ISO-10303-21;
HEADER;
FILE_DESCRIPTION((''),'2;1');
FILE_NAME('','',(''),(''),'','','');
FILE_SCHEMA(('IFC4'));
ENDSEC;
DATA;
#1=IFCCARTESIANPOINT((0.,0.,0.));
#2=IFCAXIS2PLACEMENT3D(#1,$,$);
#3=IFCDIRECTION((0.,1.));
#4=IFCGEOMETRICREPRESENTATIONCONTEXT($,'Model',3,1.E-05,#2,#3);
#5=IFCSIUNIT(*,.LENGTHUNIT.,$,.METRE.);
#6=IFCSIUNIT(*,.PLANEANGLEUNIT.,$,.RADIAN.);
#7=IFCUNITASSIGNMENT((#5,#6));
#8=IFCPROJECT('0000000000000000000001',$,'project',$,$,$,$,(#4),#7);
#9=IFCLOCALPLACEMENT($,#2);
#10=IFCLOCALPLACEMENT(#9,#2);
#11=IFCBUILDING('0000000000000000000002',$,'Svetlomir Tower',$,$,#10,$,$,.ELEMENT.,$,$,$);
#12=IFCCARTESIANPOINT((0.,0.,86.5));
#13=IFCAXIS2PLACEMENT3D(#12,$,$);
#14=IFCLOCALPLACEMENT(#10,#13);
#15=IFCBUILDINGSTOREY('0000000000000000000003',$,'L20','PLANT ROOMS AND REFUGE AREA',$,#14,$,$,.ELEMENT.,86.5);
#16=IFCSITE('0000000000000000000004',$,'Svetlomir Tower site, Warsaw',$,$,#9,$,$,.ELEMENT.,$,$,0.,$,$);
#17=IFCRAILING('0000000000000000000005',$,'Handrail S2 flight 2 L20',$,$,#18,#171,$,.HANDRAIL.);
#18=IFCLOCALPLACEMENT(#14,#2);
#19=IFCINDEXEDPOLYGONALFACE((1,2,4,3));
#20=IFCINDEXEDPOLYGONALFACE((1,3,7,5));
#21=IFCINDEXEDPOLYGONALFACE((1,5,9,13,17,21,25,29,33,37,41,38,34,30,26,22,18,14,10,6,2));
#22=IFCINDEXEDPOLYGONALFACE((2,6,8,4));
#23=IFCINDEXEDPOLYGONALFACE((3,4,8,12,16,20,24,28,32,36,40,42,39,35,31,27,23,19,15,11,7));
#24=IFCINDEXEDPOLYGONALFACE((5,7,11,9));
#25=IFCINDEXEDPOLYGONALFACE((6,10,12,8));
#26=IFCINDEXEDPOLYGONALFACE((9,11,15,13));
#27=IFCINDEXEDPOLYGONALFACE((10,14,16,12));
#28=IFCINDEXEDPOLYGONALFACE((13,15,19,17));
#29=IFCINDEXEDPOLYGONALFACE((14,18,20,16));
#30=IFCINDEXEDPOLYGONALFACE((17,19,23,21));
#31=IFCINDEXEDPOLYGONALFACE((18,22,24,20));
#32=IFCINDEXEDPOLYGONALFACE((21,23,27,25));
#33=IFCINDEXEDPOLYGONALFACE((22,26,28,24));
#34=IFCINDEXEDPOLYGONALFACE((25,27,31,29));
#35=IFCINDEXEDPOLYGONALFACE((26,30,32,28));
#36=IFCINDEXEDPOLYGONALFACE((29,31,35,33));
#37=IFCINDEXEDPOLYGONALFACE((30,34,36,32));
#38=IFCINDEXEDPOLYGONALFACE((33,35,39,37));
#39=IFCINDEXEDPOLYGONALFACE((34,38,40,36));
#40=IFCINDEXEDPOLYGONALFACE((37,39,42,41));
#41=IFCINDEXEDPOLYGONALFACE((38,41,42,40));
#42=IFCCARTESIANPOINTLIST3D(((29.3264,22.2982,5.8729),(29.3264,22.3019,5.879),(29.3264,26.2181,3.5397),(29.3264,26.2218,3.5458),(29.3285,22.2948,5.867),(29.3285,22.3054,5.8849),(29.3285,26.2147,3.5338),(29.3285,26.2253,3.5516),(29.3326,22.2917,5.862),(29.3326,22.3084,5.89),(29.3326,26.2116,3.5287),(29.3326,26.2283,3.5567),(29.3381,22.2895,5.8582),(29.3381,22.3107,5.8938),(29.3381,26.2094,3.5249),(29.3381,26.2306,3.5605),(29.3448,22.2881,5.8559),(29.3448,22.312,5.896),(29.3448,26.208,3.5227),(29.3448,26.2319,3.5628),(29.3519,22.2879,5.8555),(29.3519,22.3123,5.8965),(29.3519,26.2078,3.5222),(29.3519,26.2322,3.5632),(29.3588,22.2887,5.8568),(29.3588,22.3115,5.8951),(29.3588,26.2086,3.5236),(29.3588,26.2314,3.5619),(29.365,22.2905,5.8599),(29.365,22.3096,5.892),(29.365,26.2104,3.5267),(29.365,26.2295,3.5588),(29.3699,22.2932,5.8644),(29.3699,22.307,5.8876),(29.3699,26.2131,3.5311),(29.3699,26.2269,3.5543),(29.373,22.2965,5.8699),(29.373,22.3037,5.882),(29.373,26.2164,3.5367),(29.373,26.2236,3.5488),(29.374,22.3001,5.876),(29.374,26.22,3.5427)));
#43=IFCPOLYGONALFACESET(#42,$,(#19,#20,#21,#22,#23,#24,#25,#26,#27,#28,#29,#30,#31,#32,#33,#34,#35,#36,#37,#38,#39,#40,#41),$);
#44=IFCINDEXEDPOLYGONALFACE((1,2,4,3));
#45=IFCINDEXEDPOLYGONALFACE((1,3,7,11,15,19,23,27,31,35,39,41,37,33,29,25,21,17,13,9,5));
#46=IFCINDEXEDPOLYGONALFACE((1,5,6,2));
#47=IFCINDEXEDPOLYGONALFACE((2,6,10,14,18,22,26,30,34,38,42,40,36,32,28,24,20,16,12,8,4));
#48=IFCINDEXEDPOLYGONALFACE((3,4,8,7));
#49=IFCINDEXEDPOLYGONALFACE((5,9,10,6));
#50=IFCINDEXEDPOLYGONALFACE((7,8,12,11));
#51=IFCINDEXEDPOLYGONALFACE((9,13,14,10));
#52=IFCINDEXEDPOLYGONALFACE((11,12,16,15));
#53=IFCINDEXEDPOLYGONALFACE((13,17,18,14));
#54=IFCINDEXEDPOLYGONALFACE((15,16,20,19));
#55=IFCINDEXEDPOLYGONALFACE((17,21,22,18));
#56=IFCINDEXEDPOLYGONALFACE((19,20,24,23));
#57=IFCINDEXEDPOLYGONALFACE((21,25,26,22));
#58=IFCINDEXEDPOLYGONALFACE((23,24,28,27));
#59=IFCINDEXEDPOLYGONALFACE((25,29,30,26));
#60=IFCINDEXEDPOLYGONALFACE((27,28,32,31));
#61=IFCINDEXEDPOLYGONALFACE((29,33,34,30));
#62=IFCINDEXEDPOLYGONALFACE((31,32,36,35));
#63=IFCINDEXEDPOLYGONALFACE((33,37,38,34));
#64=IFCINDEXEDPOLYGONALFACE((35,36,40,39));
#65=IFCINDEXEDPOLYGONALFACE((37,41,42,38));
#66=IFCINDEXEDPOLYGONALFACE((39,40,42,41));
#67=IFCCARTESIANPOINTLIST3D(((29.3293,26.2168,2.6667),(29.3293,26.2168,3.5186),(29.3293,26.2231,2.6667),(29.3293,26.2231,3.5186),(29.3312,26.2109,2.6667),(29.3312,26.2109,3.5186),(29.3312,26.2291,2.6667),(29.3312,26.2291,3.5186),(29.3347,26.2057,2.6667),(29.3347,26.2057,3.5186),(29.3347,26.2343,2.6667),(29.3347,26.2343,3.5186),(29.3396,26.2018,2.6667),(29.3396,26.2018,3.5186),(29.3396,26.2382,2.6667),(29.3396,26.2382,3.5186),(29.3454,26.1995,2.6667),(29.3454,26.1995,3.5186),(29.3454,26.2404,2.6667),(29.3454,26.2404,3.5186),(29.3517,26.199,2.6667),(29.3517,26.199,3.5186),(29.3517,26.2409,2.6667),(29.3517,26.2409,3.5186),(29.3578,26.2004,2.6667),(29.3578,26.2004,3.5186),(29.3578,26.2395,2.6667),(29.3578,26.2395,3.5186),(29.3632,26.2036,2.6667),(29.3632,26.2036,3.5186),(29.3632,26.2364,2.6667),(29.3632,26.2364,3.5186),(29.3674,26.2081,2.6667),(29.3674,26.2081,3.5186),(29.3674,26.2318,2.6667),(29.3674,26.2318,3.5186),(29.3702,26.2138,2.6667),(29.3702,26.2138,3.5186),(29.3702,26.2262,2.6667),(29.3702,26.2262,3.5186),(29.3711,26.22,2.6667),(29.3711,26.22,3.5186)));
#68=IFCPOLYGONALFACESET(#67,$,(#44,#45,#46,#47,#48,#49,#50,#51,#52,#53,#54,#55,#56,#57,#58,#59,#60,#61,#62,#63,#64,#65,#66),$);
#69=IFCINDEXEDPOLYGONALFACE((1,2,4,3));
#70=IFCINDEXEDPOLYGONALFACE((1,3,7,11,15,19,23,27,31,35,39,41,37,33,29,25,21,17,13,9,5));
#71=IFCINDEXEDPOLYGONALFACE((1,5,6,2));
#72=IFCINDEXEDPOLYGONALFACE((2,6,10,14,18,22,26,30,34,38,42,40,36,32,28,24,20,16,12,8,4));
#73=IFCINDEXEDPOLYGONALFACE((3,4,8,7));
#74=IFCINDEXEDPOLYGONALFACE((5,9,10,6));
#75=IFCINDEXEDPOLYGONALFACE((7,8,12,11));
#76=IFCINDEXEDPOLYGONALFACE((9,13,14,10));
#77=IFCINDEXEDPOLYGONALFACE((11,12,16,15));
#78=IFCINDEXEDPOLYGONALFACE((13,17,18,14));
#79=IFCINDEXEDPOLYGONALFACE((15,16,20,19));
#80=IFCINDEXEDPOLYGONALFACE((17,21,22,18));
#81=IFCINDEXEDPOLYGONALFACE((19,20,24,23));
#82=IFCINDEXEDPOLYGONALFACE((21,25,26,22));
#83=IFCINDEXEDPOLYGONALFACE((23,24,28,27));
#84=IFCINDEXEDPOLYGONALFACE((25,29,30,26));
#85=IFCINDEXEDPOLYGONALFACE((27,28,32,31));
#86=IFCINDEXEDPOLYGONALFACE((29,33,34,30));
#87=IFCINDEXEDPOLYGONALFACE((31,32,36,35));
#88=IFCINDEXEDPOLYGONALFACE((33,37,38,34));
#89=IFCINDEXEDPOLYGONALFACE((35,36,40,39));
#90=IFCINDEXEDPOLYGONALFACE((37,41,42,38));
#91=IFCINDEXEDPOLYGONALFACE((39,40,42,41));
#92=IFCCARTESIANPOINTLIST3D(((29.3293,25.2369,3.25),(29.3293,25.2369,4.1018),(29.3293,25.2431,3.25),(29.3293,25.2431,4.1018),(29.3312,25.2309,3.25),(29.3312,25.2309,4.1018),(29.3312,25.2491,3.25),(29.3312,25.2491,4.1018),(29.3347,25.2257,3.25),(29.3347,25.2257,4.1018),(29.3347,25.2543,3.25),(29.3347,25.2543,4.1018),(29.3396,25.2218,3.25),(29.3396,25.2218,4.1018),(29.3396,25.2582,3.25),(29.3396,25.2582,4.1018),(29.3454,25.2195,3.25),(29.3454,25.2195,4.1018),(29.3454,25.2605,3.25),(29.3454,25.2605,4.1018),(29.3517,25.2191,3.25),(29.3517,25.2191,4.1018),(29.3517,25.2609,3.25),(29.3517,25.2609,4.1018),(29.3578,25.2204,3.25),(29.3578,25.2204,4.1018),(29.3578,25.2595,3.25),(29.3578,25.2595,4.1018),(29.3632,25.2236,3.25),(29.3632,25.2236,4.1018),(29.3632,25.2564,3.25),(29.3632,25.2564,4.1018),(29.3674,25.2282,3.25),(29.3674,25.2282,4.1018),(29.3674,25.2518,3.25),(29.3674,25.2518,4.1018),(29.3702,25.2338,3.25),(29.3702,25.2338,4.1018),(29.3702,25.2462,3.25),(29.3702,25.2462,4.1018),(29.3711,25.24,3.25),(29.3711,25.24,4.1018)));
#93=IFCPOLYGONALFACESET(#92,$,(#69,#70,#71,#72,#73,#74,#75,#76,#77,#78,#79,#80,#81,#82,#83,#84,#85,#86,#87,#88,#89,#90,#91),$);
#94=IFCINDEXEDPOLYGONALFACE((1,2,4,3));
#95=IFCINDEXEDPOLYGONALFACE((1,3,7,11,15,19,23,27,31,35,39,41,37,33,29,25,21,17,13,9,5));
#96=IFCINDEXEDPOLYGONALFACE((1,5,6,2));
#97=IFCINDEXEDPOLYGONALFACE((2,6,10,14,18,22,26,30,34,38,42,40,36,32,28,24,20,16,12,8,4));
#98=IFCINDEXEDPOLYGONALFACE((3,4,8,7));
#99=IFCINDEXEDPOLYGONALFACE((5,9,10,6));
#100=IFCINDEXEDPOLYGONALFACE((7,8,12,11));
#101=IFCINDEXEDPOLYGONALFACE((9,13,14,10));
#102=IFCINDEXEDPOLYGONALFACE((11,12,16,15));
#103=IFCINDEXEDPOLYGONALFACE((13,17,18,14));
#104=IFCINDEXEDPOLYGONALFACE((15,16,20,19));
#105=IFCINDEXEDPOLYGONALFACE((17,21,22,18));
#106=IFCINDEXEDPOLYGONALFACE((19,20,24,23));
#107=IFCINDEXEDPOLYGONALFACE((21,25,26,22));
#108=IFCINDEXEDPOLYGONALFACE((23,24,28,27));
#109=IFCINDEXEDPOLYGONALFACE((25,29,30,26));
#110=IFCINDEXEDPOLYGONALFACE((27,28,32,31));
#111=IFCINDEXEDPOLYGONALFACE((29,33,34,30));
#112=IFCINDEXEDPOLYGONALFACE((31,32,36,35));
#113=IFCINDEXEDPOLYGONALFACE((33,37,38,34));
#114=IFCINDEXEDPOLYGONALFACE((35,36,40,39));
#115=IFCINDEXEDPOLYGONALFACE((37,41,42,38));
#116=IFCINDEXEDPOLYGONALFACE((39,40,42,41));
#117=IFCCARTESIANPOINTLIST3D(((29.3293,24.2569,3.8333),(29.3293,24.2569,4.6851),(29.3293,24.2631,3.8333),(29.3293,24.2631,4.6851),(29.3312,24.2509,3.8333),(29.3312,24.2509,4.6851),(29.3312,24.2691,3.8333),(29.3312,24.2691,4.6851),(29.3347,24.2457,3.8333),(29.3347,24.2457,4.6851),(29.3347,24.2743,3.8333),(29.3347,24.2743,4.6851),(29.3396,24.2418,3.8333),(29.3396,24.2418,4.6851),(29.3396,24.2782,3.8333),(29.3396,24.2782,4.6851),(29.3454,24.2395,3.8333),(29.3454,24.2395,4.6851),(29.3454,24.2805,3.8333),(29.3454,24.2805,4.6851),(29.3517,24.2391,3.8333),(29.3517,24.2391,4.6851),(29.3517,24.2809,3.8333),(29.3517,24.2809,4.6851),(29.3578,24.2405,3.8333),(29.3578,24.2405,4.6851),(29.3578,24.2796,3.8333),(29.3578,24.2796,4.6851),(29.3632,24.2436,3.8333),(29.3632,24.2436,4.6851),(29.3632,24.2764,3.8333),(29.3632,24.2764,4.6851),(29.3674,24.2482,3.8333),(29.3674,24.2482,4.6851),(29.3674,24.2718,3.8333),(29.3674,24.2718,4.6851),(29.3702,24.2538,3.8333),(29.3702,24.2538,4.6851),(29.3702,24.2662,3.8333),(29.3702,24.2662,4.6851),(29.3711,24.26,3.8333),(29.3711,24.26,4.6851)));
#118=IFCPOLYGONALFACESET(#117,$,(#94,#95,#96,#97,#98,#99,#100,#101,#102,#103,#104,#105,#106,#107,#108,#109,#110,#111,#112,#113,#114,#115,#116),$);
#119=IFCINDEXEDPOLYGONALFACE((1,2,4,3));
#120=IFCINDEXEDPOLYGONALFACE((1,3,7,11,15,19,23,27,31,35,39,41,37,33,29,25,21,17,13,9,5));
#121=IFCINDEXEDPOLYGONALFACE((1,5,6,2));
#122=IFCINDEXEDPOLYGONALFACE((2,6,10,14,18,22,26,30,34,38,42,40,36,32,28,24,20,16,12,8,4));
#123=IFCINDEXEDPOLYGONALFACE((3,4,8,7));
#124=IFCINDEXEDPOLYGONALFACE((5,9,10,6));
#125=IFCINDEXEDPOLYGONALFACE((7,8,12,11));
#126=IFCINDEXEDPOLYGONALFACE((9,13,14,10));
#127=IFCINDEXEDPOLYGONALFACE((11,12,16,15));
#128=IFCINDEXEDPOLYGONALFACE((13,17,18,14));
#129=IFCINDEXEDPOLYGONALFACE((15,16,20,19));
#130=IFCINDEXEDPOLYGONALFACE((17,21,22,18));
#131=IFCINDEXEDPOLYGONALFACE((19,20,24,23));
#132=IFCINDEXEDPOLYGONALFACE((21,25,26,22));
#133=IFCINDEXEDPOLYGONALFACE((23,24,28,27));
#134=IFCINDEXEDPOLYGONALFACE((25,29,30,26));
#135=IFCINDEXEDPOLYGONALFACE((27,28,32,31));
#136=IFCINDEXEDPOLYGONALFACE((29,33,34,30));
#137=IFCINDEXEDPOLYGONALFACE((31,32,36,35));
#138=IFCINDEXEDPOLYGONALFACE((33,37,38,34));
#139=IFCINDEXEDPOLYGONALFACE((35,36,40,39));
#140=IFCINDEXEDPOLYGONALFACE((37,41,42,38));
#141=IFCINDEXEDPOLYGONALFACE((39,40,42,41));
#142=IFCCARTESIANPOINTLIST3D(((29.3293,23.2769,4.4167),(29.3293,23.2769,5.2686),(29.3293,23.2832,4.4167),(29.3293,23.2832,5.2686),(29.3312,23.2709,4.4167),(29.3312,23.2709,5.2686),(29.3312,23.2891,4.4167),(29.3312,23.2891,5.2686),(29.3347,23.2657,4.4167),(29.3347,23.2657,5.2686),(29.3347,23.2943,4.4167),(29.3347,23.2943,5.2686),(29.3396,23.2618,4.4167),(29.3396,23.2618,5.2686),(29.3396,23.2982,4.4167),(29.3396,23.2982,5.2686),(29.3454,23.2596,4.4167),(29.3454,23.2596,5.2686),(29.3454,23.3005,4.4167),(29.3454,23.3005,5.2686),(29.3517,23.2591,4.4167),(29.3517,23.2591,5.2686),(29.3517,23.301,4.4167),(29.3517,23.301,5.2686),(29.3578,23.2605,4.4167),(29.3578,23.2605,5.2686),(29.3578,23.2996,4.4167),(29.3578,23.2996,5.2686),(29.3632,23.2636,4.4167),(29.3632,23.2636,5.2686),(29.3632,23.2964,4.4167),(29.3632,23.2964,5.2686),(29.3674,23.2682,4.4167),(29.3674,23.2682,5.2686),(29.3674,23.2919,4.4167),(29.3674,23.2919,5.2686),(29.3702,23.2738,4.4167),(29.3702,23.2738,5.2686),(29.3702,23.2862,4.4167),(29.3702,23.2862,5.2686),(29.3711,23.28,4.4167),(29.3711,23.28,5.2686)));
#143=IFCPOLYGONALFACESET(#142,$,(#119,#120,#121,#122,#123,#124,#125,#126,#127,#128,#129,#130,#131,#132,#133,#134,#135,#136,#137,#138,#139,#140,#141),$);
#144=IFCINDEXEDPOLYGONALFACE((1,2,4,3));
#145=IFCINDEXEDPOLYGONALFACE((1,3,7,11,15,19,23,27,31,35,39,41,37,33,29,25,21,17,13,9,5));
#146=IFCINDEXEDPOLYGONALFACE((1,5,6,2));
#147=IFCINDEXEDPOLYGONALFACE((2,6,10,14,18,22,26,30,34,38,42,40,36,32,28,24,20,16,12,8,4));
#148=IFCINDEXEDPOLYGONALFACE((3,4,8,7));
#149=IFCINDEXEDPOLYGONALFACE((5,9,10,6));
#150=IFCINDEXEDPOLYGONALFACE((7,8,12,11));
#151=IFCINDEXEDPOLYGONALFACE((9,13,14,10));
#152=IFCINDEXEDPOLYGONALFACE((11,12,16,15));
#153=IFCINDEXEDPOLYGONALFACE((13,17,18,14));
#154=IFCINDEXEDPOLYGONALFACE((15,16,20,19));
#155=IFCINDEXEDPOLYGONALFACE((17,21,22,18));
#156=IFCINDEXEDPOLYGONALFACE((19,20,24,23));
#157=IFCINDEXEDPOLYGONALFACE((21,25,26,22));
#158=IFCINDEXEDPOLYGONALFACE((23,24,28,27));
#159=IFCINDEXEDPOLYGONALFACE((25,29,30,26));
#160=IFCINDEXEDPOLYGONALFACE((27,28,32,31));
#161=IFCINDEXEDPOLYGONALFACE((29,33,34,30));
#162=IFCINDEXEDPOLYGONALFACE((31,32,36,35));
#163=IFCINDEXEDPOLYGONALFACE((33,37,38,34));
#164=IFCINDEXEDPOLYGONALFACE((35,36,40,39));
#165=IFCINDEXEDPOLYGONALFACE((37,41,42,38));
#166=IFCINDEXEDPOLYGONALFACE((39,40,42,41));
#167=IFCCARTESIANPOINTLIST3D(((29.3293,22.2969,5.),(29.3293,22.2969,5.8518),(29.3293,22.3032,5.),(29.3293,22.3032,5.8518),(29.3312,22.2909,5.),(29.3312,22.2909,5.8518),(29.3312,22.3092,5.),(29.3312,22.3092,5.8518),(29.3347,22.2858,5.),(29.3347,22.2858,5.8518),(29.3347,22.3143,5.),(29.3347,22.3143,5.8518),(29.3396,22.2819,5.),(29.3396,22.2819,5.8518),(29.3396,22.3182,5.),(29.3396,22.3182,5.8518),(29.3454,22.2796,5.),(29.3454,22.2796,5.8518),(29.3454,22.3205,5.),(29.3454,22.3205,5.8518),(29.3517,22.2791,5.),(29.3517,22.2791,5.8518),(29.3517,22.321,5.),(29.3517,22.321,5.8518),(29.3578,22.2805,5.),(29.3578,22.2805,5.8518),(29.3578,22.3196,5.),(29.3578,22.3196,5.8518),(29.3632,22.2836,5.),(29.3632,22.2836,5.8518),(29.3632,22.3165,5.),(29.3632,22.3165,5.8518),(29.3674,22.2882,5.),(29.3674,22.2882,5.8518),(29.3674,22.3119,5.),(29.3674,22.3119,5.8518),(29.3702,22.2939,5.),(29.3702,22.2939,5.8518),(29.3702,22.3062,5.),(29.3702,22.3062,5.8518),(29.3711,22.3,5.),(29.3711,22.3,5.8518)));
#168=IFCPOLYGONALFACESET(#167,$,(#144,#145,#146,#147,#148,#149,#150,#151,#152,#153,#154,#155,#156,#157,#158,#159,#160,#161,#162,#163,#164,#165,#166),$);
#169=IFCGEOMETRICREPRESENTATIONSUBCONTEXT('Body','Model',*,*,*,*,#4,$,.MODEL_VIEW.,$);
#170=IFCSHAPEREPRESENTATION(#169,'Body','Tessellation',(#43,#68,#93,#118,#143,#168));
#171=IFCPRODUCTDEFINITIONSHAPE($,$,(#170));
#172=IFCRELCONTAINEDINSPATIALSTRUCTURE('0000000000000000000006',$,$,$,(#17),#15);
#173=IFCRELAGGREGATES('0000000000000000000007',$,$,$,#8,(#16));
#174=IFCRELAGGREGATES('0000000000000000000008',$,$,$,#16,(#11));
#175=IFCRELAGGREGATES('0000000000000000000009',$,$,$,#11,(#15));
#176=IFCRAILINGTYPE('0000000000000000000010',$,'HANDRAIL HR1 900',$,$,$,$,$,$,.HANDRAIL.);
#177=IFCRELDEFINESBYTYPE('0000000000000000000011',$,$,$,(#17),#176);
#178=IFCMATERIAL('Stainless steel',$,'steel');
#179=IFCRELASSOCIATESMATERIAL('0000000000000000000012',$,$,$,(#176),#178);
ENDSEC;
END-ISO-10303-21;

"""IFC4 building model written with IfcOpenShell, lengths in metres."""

from ifc_helpers import new_model, si_unit, direction, frame, origin, origin_2d, place, context, subcontext, project, spatial, circle, extrude, material, type_object, element, save


model = new_model("IFC4")

# Units and contexts
model_context = context("Model", 3, precision=1e-05, world=origin(), true_north=direction((0.0, 1.0)))
body_context = subcontext(model_context, "Body", "Model", "MODEL_VIEW")
ifc_project = project(units=[si_unit("LENGTHUNIT", "METRE"), si_unit("PLANEANGLEUNIT", "RADIAN")], contexts=[model_context])

# Site, building, storey
site_placement = place(None, origin())
site = spatial("IfcSite", under=ifc_project, at=site_placement, Name="Svetlomir Tower site, Warsaw", CompositionType="ELEMENT", RefElevation=0.0)
building_placement = place(site_placement, origin())
building = spatial("IfcBuilding", under=site, at=building_placement, Name="Svetlomir Tower", CompositionType="ELEMENT")
storey_placement = place(building_placement, frame((0.0, 0.0, 86.5)))
storey = spatial("IfcBuildingStorey", under=building, at=storey_placement, Name="L20", Description="PLANT ROOMS AND REFUGE AREA", CompositionType="ELEMENT", Elevation=86.5)

# Railing
ifc_material_1 = material(Name="Stainless steel", Category="steel")
railing_type_1 = type_object("IfcRailingType", Name="HANDRAIL HR1 900", PredefinedType="HANDRAIL", material=ifc_material_1)
railing_1_placement = place(storey_placement, frame((29.3501, 26.22, 2.6667)))
element("IfcRailing", 1, at=railing_1_placement, inside=storey, type_object=railing_type_1, Name="Handrail S2 flight 2 L20", PredefinedType="HANDRAIL", context=body_context, shape_type="SweptSolid", body=[
    extrude(circle(Radius=0.0239, at=origin_2d()), frame((0.0, 0.0, 0.876), z_axis=(0.0, -0.859296, 0.511478), x_axis=(1.0, 0.0, 0.0)), (0.0, 0.0, 1.0), 4.5618),
    extrude(circle(Radius=0.021, at=origin_2d()), origin(), (0.0, 0.0, 1.0), 0.8518),
    extrude(circle(Radius=0.021, at=origin_2d()), frame((0.0, -0.98, 0.5833)), (0.0, 0.0, 1.0), 0.8518),
    extrude(circle(Radius=0.021, at=origin_2d()), frame((0.0, -1.96, 1.1665)), (0.0, 0.0, 1.0), 0.8518),
    extrude(circle(Radius=0.021, at=origin_2d()), frame((0.0, -2.9399, 1.75)), (0.0, 0.0, 1.0), 0.8518),
    extrude(circle(Radius=0.021, at=origin_2d()), frame((0.0, -3.9199, 2.3333)), (0.0, 0.0, 1.0), 0.8518),
])

save(model, "model.ifc")
